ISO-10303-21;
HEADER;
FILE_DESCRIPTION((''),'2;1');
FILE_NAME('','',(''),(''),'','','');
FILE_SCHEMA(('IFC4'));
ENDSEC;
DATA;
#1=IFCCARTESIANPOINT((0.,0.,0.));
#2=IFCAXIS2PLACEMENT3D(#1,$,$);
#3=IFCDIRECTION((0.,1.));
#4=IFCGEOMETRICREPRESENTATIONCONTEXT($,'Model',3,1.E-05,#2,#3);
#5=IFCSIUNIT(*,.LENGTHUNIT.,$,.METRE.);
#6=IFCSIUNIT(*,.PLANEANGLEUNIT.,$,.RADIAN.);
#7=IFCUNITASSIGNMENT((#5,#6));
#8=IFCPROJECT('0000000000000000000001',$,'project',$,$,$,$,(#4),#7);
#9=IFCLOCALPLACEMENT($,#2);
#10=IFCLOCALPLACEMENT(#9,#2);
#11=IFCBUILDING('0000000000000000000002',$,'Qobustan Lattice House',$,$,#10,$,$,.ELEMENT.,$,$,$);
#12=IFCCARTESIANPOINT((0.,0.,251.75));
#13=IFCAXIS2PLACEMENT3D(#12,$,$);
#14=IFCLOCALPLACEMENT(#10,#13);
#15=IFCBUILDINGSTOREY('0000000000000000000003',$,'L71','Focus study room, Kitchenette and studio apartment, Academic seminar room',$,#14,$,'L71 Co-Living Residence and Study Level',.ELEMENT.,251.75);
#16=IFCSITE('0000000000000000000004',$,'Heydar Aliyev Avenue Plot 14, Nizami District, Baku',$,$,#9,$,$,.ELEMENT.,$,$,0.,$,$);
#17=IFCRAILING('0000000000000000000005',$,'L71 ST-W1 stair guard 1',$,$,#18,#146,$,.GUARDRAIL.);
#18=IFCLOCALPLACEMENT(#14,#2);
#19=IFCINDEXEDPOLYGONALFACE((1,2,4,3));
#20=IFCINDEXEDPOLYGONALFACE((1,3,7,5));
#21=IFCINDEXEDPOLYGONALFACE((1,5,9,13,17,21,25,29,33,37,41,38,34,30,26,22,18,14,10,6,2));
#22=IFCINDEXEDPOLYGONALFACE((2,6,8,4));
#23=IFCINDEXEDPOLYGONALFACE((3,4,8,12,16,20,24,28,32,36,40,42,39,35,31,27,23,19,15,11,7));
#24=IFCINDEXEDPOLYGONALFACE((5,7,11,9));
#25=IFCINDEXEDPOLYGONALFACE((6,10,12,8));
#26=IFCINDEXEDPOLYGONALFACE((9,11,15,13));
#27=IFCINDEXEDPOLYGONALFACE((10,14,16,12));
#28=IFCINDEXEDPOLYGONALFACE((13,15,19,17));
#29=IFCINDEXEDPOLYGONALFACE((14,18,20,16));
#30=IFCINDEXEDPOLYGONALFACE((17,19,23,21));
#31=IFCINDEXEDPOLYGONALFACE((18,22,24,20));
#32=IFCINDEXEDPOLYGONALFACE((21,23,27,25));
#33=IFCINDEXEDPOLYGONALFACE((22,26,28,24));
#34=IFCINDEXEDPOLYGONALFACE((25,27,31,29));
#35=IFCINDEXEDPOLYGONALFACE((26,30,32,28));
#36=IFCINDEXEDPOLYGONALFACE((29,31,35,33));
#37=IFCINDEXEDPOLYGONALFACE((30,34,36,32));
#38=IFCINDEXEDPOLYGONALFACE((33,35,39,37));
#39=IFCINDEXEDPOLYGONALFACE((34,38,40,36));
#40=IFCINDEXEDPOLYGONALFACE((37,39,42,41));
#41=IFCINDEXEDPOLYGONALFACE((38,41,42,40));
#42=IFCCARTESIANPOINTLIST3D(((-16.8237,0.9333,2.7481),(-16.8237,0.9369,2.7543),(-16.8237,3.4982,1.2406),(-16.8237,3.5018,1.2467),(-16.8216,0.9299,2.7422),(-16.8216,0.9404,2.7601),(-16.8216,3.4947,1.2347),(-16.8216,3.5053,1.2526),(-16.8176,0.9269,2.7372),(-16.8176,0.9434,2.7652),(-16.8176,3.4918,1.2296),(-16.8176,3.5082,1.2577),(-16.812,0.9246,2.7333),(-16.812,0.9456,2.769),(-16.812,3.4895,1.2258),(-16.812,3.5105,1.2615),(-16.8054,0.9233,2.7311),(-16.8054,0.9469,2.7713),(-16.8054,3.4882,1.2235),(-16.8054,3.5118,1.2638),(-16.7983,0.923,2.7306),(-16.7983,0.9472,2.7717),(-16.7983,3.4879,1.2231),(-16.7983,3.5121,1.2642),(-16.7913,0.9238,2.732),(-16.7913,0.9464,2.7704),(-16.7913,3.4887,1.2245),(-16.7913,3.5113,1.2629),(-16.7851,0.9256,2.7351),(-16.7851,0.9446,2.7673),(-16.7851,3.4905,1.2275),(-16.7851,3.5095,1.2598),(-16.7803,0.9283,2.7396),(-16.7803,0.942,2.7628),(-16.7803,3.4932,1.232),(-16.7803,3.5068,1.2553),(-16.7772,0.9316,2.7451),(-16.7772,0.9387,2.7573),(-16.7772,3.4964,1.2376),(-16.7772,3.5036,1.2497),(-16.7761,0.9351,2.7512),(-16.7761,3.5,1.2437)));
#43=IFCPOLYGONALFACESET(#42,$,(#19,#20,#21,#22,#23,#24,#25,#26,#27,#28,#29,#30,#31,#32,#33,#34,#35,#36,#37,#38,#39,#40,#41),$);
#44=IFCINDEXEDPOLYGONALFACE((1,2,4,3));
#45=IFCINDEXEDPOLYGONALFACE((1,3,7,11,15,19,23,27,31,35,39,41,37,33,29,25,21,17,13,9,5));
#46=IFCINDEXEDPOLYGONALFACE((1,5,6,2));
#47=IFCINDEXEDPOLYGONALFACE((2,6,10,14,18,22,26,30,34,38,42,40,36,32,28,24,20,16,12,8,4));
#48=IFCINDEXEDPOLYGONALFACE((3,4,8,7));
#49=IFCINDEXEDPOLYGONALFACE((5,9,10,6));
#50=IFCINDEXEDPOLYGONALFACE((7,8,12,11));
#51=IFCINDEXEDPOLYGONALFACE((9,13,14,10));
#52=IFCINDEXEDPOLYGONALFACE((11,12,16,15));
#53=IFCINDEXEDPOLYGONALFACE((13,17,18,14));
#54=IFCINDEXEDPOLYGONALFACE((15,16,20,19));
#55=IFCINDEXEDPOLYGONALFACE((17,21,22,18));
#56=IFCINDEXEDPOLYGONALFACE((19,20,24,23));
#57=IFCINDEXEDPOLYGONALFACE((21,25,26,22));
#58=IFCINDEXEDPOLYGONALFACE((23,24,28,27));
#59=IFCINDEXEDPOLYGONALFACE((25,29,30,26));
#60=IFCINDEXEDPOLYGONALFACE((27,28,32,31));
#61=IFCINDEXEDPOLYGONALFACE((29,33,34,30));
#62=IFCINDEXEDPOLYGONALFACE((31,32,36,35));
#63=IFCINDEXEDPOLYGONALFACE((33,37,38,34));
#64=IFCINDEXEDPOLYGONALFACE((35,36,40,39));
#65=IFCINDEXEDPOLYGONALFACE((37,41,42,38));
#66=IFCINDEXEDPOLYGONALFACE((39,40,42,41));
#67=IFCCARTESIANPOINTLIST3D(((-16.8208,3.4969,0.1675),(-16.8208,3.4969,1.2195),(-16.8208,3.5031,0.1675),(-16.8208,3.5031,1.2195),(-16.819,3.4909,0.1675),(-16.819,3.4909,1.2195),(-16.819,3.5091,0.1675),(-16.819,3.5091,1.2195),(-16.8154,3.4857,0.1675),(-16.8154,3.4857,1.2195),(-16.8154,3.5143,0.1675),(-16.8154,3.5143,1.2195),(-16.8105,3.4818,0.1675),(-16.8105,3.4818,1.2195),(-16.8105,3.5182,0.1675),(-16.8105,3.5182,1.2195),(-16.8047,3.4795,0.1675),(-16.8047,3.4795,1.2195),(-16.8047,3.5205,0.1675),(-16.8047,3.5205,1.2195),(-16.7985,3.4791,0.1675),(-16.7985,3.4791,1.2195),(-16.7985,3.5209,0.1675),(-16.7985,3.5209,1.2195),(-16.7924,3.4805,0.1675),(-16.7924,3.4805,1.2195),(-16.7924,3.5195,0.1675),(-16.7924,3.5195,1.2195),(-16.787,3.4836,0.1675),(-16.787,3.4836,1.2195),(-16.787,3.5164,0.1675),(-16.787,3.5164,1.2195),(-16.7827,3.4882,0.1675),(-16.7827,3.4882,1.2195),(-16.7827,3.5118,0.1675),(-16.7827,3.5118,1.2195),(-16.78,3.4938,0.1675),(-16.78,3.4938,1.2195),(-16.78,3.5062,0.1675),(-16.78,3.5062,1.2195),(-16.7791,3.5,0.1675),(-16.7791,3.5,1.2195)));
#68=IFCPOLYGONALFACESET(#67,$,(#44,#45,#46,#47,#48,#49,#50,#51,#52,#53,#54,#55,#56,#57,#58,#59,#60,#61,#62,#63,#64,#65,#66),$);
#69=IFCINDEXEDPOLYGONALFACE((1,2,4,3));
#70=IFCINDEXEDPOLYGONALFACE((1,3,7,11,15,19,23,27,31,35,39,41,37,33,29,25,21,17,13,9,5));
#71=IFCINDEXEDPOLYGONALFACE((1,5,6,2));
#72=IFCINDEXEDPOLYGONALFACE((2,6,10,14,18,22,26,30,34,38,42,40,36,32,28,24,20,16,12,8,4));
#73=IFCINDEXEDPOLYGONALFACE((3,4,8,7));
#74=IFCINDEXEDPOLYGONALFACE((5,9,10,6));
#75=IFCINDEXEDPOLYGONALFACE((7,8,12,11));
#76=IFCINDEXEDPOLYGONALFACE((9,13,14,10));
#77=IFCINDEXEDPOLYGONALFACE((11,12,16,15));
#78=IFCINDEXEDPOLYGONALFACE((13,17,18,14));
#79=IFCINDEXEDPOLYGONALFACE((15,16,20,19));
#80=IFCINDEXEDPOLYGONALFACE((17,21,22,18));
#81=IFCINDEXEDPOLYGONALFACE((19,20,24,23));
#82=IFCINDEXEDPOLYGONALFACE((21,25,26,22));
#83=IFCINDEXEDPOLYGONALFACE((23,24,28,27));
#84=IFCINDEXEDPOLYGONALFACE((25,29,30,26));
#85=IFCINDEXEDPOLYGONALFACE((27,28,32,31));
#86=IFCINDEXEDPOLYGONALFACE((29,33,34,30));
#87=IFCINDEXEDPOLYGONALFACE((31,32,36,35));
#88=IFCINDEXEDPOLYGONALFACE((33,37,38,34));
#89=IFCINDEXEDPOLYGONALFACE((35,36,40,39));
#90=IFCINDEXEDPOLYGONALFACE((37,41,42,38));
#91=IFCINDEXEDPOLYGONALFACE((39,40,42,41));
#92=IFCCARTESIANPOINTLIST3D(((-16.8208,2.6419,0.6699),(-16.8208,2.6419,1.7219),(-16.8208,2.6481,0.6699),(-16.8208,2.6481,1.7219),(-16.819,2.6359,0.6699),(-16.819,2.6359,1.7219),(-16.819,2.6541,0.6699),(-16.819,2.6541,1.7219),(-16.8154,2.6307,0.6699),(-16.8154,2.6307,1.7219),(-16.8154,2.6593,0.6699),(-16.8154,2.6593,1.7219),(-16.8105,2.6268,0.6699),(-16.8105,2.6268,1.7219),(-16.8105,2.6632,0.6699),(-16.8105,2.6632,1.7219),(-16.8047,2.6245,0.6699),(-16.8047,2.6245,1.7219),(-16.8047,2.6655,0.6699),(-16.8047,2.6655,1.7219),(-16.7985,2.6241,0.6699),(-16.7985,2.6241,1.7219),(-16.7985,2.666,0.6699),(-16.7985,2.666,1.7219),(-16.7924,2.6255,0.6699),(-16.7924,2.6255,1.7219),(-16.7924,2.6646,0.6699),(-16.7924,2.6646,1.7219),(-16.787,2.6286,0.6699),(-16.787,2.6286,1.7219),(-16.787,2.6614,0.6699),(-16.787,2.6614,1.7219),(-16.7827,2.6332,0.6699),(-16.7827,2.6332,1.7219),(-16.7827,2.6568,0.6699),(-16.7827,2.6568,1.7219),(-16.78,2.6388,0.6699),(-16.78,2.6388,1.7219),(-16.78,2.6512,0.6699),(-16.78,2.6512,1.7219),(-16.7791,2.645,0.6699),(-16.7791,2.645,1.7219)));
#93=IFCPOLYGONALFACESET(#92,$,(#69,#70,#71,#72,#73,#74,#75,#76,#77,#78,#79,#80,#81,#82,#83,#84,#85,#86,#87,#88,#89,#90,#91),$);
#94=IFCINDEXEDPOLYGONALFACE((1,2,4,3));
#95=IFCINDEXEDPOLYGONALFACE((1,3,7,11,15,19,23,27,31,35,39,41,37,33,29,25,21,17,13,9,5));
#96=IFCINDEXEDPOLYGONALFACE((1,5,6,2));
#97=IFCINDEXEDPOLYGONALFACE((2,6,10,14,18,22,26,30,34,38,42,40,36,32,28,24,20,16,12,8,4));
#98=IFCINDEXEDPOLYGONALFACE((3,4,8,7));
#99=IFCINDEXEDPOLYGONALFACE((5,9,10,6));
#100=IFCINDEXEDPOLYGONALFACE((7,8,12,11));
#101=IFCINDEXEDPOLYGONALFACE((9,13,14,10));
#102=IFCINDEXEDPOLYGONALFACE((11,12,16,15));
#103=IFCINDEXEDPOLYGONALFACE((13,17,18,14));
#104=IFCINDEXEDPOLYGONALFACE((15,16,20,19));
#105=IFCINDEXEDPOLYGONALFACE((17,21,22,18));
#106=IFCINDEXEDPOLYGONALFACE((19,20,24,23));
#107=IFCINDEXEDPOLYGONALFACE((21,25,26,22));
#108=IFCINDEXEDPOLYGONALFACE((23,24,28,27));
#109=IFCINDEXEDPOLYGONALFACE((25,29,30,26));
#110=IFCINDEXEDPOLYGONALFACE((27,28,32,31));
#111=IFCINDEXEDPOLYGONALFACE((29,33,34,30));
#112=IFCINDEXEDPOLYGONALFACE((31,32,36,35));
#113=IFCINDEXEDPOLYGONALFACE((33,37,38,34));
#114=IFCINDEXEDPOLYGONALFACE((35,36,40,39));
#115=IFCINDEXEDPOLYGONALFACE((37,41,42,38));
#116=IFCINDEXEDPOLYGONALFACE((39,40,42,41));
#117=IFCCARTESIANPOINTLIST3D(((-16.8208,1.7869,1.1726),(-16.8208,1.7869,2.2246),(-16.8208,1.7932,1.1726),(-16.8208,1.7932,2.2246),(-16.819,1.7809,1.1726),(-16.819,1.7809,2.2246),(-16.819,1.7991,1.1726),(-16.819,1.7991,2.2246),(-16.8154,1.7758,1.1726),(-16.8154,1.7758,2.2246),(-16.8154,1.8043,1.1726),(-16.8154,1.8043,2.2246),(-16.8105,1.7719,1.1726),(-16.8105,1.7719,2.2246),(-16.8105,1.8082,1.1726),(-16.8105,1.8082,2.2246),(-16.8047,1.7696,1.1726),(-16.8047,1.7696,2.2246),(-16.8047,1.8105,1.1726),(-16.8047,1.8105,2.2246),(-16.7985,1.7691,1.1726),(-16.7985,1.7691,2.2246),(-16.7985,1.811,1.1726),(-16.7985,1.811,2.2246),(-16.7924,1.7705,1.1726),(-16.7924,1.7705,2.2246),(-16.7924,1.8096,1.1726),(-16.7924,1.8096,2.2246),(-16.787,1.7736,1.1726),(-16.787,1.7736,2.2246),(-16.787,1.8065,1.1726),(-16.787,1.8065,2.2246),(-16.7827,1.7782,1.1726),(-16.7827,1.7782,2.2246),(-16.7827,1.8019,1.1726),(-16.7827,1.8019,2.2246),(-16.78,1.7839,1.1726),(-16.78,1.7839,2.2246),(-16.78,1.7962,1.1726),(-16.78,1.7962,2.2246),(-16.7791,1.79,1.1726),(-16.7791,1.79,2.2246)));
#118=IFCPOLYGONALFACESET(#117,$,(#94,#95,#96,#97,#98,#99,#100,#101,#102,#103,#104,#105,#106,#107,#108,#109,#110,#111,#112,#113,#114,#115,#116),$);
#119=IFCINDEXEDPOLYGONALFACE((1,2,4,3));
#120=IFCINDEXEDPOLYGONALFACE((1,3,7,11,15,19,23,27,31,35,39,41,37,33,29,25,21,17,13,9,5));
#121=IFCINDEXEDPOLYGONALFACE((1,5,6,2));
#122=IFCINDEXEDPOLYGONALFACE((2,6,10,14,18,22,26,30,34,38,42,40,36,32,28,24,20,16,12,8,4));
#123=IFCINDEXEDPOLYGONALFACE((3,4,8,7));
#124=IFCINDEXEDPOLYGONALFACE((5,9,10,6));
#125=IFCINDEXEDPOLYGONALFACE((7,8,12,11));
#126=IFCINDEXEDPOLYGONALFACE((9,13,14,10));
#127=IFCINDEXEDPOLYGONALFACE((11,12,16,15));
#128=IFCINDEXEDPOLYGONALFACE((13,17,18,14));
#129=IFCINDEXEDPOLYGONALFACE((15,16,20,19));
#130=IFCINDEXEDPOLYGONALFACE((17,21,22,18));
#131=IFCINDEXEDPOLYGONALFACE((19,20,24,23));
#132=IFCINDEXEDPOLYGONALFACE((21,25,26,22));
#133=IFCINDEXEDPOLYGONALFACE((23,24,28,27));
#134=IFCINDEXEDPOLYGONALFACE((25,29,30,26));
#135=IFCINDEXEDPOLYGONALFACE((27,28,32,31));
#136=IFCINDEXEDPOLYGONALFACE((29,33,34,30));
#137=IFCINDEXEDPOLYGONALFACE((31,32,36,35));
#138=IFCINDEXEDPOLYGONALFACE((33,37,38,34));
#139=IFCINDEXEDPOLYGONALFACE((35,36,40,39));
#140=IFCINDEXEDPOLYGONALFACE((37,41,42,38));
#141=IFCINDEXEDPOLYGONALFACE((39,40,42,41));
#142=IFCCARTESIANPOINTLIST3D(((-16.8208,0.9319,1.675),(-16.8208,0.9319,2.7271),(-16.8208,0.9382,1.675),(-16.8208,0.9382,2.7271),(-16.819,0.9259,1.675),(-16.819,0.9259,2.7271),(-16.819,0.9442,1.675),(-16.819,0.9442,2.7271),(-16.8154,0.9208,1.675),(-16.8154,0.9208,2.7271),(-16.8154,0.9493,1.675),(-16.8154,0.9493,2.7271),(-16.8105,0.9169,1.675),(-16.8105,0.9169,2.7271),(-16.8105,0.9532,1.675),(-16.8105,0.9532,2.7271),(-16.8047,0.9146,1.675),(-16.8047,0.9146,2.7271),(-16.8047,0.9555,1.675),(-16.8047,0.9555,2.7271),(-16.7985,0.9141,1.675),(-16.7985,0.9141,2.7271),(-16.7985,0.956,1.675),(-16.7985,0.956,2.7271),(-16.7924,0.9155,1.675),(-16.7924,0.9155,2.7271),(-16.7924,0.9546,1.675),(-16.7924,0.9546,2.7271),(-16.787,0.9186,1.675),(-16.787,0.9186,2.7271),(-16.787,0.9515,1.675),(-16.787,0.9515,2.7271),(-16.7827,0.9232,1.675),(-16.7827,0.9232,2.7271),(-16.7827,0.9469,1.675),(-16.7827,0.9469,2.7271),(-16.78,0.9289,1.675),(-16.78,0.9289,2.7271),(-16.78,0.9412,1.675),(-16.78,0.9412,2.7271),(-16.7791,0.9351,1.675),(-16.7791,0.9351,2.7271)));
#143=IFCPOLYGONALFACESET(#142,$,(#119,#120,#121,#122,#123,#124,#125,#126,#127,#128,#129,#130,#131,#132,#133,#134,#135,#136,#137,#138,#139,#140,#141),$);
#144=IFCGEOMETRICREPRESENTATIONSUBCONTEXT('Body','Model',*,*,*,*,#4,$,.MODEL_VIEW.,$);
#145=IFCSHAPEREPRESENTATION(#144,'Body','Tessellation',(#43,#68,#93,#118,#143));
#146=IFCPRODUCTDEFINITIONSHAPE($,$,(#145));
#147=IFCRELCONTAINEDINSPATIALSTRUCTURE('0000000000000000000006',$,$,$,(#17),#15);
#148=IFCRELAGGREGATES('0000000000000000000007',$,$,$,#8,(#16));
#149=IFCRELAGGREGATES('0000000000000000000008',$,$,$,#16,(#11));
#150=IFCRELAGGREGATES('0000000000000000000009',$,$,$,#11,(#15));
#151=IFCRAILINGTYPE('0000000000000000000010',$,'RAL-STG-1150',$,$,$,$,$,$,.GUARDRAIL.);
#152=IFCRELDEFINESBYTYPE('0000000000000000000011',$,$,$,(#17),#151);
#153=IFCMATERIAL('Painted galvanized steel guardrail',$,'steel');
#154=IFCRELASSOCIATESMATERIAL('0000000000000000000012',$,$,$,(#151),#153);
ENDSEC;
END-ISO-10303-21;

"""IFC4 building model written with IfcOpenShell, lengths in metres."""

from ifc_helpers import new_model, si_unit, direction, frame, origin, origin_2d, place, context, subcontext, project, spatial, circle, extrude, material, type_object, element, save


model = new_model("IFC4")

# Units and contexts
model_context = context("Model", 3, precision=1e-05, world=origin(), true_north=direction((0.0, 1.0)))
body_context = subcontext(model_context, "Body", "Model", "MODEL_VIEW")
ifc_project = project(units=[si_unit("LENGTHUNIT", "METRE"), si_unit("PLANEANGLEUNIT", "RADIAN")], contexts=[model_context])

# Site, building, storey
site_placement = place(None, origin())
site = spatial("IfcSite", under=ifc_project, at=site_placement, Name="Heydar Aliyev Avenue Plot 14, Nizami District, Baku", CompositionType="ELEMENT", RefElevation=0.0)
building_placement = place(site_placement, origin())
building = spatial("IfcBuilding", under=site, at=building_placement, Name="Qobustan Lattice House", CompositionType="ELEMENT")
storey_placement = place(building_placement, frame((0.0, 0.0, 251.75)))
storey = spatial("IfcBuildingStorey", under=building, at=storey_placement, Name="L71", Description="Focus study room, Kitchenette and studio apartment, Academic seminar room", LongName="L71 Co-Living Residence and Study Level", CompositionType="ELEMENT", Elevation=251.75)

# Railing
ifc_material_1 = material(Name="Painted galvanized steel guardrail", Category="steel")
railing_type = type_object("IfcRailingType", Name="RAL-STG-1150", PredefinedType="GUARDRAIL", material=ifc_material_1)
railing_1_placement = place(storey_placement, frame((-16.8, 3.5, 0.1675)))
element("IfcRailing", 1, at=railing_1_placement, inside=storey, type_object=railing_type, Name="L71 ST-W1 stair guard 1", PredefinedType="GUARDRAIL", context=body_context, shape_type="SweptSolid", body=[
    extrude(circle(Radius=0.0239, at=origin_2d()), frame((0.0, 0.0, 1.0762), z_axis=(0.0, -0.862113, 0.506715), x_axis=(1.0, 0.0, 0.0)), (0.0, 0.0, 1.0), 2.9751),
    extrude(circle(Radius=0.021, at=origin_2d()), origin(), (0.0, 0.0, 1.0), 1.052),
    extrude(circle(Radius=0.021, at=origin_2d()), frame((0.0, -0.855, 0.5024)), (0.0, 0.0, 1.0), 1.052),
    extrude(circle(Radius=0.021, at=origin_2d()), frame((0.0, -1.71, 1.0051)), (0.0, 0.0, 1.0), 1.052),
    extrude(circle(Radius=0.021, at=origin_2d()), frame((0.0, -2.5649, 1.5076)), (0.0, 0.0, 1.0), 1.052),
])

save(model, "model.ifc")
